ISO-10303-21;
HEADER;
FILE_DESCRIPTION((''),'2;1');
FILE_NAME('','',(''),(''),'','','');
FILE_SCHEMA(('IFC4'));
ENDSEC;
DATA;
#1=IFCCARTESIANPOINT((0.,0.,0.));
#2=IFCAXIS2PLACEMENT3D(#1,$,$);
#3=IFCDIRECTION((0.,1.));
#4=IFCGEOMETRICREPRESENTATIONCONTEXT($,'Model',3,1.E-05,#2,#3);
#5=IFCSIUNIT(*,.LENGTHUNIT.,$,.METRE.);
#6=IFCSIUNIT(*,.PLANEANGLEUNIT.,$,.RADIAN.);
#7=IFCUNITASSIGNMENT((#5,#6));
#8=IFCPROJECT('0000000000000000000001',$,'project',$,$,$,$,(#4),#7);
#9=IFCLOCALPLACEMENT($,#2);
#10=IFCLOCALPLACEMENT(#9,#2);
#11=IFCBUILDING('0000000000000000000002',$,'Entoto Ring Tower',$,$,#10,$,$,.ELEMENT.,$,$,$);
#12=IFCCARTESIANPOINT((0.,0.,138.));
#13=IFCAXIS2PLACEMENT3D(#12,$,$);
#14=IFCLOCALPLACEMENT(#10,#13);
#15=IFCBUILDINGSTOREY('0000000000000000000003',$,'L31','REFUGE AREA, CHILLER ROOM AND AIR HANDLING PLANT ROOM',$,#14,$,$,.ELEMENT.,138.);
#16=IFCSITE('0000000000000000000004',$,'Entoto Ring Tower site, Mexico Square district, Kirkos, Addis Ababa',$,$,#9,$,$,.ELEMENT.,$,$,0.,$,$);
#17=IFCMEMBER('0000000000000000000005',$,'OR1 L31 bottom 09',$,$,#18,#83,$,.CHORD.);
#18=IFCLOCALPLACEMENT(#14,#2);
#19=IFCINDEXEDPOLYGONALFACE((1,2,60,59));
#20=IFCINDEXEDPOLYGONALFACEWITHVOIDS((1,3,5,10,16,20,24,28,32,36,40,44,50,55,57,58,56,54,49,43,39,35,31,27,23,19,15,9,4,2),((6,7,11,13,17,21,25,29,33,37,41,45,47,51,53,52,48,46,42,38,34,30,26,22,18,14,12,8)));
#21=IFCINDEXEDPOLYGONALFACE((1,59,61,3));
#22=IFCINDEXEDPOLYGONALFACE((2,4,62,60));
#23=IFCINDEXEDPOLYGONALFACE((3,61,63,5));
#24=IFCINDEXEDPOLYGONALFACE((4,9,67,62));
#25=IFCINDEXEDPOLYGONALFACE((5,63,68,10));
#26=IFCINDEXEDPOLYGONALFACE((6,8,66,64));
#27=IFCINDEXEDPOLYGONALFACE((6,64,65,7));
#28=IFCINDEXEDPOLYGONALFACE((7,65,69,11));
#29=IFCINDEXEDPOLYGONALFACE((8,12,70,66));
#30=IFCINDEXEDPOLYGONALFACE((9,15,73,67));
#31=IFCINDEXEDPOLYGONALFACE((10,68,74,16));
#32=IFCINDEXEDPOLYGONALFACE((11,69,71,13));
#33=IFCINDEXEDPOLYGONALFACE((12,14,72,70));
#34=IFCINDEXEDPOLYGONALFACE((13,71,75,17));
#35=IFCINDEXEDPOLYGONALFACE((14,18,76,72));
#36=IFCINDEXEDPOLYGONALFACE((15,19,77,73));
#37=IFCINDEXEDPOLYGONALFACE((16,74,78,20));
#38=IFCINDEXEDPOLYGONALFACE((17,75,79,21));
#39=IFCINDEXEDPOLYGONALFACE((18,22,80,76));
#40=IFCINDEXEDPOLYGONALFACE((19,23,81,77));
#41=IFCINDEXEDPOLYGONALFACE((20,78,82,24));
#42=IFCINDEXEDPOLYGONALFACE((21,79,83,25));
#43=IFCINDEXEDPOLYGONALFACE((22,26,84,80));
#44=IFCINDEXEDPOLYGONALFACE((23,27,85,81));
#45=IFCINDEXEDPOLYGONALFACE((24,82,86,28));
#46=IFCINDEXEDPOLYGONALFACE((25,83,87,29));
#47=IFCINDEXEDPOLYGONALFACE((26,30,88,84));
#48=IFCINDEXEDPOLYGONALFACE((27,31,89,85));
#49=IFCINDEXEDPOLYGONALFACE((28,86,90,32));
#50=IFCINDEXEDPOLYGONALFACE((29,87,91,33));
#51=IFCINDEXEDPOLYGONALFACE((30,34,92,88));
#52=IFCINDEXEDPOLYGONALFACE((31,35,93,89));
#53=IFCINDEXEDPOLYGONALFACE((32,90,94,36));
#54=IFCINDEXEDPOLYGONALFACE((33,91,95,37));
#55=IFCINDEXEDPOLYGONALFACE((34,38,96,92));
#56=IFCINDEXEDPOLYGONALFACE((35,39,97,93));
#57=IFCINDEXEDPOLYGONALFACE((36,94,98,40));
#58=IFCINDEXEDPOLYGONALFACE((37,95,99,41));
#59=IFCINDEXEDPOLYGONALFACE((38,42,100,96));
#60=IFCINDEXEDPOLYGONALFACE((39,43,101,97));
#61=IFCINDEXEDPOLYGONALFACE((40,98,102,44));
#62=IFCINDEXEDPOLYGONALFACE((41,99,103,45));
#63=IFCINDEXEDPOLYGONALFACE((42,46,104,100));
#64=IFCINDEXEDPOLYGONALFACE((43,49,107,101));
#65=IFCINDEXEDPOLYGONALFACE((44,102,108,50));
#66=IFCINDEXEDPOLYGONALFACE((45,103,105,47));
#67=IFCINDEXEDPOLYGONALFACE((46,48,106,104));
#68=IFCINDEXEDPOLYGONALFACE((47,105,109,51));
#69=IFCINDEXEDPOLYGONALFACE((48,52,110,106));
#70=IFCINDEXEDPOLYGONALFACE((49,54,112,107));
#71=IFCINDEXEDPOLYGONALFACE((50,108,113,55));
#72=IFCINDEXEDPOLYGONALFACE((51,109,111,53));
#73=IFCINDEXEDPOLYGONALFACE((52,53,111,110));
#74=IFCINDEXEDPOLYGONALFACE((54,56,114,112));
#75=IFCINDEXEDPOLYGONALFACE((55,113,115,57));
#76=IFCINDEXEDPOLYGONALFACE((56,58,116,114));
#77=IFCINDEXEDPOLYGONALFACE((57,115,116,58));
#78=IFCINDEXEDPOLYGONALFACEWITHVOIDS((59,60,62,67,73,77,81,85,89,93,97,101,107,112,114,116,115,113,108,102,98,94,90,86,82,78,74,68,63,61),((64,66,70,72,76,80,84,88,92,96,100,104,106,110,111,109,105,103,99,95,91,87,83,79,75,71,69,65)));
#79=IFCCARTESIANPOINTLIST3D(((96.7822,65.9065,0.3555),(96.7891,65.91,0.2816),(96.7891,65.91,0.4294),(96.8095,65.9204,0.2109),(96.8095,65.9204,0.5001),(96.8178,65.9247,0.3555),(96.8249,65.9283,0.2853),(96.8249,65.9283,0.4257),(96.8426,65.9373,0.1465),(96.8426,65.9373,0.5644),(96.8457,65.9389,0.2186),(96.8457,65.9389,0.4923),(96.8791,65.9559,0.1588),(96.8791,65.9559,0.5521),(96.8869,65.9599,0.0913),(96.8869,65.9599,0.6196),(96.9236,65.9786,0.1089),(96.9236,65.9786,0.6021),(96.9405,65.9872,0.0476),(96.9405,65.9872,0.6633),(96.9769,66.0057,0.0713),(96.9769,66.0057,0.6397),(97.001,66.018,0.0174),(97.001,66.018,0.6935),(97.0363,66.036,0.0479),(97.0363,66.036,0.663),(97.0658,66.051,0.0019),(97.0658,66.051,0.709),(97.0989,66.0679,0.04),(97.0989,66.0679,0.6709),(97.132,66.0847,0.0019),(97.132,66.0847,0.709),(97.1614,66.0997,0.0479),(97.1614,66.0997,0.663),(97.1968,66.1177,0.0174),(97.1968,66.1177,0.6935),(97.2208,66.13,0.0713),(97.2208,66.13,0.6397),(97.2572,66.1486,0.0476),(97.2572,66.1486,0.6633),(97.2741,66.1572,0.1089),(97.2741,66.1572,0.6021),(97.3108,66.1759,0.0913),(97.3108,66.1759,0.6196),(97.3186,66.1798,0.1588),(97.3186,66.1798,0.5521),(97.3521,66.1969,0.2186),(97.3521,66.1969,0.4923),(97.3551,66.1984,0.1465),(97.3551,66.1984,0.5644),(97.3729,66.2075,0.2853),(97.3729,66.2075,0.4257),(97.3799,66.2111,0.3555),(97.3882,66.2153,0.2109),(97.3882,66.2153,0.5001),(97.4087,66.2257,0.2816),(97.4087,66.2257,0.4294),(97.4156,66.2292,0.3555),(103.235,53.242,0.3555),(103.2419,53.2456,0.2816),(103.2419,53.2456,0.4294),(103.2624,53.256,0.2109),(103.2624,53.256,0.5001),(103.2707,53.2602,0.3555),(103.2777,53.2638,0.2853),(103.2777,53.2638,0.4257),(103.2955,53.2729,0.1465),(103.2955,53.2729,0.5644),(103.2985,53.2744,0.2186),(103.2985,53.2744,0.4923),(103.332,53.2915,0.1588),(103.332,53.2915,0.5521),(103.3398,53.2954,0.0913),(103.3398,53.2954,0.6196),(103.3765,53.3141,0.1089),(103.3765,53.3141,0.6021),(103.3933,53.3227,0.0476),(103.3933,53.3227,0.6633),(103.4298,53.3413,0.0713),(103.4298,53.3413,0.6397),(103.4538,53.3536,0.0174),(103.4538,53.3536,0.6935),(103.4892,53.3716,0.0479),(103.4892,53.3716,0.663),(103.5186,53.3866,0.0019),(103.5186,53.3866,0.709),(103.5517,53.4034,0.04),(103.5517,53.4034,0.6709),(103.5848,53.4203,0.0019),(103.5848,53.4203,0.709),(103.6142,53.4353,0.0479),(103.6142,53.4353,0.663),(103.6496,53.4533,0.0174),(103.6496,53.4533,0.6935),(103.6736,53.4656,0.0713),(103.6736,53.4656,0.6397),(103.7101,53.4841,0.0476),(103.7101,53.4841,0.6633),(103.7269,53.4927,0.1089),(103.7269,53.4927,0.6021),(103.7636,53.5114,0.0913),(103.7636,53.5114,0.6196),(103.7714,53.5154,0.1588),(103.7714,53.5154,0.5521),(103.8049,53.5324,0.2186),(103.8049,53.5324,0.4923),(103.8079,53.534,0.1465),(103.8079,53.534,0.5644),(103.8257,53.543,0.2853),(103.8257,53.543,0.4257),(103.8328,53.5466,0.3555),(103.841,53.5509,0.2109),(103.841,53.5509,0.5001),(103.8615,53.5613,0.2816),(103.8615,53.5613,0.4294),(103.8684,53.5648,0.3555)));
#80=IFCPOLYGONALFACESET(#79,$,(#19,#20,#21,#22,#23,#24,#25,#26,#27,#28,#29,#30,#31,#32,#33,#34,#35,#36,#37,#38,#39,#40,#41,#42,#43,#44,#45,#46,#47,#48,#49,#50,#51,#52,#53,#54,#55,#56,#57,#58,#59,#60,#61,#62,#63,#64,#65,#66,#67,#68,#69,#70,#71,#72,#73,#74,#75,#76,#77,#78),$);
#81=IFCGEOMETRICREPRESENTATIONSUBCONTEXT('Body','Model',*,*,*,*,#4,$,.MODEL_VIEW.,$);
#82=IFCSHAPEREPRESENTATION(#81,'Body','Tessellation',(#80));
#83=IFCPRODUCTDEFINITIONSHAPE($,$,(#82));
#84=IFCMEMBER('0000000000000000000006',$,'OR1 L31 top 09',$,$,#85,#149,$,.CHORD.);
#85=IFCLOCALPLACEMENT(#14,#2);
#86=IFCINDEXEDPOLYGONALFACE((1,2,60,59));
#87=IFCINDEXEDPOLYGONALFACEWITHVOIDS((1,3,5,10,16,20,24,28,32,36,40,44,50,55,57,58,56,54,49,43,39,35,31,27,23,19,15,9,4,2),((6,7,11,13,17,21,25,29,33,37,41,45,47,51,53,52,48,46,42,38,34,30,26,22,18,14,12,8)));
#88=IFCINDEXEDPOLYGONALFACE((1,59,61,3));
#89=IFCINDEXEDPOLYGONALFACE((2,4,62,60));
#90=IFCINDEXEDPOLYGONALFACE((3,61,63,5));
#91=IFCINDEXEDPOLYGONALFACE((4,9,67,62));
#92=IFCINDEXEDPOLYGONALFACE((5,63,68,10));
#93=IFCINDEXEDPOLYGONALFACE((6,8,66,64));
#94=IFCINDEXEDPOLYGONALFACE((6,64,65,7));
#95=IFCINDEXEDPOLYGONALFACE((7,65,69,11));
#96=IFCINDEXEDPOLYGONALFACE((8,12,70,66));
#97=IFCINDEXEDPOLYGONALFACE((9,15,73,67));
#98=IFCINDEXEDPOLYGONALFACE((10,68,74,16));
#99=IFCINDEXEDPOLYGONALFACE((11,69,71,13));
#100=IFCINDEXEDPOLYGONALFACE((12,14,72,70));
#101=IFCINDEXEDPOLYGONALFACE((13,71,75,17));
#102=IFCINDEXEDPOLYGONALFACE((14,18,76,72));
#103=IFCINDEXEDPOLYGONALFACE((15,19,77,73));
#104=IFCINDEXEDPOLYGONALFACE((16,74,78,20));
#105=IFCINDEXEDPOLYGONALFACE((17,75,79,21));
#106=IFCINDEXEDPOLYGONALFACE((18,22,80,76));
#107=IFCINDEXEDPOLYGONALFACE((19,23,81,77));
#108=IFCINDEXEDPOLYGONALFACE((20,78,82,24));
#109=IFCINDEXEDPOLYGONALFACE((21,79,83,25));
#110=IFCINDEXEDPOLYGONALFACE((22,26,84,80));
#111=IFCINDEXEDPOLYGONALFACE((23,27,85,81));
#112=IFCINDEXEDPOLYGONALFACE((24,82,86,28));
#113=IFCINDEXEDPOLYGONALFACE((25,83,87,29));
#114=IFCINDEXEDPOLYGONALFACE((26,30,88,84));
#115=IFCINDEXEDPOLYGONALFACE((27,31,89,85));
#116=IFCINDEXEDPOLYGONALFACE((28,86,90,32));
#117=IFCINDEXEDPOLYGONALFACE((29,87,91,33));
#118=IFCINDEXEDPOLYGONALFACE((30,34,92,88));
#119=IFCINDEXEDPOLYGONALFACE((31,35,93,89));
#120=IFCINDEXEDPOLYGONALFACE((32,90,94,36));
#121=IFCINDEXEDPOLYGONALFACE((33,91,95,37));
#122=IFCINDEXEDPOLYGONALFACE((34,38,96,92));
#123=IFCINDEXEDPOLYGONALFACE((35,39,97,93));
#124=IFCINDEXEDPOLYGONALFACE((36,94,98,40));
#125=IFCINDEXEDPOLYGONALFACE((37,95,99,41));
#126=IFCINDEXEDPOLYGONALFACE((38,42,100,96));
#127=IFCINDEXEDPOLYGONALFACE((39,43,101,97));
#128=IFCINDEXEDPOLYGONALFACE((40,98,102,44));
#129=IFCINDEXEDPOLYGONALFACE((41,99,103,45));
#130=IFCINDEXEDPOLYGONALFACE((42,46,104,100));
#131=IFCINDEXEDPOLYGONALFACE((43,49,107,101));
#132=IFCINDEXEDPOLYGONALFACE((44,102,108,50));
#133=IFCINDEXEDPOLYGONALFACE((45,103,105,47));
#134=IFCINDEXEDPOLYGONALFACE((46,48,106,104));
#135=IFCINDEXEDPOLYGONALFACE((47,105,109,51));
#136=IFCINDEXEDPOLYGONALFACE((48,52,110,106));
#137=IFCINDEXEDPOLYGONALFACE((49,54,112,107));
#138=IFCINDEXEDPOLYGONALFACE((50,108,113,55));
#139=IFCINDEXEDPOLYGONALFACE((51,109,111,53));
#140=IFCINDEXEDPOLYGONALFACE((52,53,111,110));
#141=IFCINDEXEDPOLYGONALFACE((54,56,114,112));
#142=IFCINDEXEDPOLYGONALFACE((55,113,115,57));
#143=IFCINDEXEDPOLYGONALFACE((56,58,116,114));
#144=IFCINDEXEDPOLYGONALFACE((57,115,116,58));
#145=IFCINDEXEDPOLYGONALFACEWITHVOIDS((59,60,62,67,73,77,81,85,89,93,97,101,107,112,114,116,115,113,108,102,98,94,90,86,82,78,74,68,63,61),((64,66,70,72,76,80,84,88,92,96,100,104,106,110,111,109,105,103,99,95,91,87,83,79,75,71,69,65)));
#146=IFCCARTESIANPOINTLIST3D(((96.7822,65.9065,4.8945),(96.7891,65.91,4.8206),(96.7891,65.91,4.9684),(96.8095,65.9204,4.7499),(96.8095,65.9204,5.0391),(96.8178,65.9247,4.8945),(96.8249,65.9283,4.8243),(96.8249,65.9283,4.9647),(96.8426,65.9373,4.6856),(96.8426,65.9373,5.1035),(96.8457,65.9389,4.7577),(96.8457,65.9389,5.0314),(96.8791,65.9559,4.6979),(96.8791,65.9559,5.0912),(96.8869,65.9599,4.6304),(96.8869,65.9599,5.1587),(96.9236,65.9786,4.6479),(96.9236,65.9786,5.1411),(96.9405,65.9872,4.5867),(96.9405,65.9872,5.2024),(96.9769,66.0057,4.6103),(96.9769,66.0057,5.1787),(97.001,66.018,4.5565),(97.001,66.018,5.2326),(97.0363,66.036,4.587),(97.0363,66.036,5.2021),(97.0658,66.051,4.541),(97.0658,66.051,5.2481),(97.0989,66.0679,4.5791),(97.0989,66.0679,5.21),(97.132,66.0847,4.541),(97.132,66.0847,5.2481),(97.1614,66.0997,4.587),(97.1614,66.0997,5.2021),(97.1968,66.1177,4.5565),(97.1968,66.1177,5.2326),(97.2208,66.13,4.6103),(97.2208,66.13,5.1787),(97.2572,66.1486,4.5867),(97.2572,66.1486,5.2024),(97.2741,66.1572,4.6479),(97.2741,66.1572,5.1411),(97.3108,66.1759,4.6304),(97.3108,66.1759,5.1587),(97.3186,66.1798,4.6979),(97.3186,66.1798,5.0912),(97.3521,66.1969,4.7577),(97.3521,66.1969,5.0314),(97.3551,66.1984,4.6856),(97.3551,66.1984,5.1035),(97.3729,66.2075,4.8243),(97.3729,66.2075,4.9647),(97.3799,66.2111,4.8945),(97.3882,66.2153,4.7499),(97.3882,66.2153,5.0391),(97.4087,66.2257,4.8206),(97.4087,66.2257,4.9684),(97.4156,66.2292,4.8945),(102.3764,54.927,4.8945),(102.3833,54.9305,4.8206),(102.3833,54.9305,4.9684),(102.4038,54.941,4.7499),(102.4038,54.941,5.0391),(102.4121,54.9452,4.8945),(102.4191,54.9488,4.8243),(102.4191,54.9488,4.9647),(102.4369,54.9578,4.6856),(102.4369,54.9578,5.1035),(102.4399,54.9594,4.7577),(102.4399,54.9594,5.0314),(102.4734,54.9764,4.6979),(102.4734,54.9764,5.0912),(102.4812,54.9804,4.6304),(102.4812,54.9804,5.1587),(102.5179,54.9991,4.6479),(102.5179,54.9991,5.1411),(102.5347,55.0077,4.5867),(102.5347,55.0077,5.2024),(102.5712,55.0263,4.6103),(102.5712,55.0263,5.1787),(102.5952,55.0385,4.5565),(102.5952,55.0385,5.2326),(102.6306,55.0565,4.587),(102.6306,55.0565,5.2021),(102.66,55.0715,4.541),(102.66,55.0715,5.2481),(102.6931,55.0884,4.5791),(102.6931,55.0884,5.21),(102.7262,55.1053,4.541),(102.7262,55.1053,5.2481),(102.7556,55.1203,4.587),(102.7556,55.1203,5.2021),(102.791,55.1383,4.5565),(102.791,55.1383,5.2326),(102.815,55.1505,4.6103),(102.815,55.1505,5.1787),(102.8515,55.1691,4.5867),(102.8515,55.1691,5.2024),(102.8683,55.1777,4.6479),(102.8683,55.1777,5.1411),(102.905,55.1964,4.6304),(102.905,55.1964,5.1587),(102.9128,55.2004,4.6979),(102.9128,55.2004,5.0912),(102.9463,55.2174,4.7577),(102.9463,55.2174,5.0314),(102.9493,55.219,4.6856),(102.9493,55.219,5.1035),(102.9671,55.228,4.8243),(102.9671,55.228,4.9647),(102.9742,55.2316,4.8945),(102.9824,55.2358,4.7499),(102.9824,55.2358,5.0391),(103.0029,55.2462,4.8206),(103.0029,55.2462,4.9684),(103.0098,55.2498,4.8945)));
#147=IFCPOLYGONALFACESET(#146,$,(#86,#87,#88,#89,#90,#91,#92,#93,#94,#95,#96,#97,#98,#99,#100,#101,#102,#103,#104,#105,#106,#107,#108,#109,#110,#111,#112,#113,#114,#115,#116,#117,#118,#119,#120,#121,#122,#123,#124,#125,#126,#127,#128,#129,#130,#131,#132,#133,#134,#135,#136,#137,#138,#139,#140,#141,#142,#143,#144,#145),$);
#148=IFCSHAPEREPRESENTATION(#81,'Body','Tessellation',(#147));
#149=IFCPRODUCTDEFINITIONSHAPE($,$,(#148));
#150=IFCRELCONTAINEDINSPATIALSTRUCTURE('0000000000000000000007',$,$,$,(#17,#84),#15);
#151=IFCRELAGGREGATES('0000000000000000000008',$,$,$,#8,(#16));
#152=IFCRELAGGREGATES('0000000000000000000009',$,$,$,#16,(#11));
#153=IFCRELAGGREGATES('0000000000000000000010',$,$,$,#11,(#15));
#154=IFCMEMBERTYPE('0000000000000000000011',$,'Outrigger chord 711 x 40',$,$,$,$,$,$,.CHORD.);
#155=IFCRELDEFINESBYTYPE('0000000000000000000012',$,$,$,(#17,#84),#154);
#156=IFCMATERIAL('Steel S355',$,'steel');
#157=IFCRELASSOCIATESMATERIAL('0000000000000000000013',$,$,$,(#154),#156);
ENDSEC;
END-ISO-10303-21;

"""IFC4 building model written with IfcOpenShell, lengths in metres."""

from ifc_helpers import new_model, si_unit, direction, frame, origin, origin_2d, place, context, subcontext, project, spatial, circle, hollow_circle, extrude, material, material_profile, profile_set, type_object, element, save


model = new_model("IFC4")

# Units and contexts
model_context = context("Model", 3, precision=1e-05, world=origin(), true_north=direction((0.0, 1.0)))
body_context = subcontext(model_context, "Body", "Model", "MODEL_VIEW")
ifc_project = project(units=[si_unit("LENGTHUNIT", "METRE"), si_unit("PLANEANGLEUNIT", "RADIAN")], contexts=[model_context])

# Site, building, storey
site_placement = place(None, origin())
site = spatial("IfcSite", under=ifc_project, at=site_placement, Name="Entoto Ring Tower site, Mexico Square district, Kirkos, Addis Ababa", CompositionType="ELEMENT", RefElevation=0.0)
building_placement = place(site_placement, origin())
building = spatial("IfcBuilding", under=site, at=building_placement, Name="Entoto Ring Tower", CompositionType="ELEMENT")
storey_placement = place(building_placement, frame((0.0, 0.0, 138.0)))
storey = spatial("IfcBuildingStorey", under=building, at=storey_placement, Name="L31", Description="REFUGE AREA, CHILLER ROOM AND AIR HANDLING PLANT ROOM", CompositionType="ELEMENT", Elevation=138.0)

# Members
ifc_material_1 = material(Name="Steel S355", Category="steel")
ifc_material_profile_1 = material_profile(ifc_material_1, hollow_circle(Radius=0.3555, WallThickness=0.04, at=origin_2d()), Name="CHS 711 x 40")
ifc_material_2 = material(Name="Concrete C60/75", Category="concrete")
ifc_material_profile_2 = material_profile(ifc_material_2, circle(Radius=0.3154, at=origin_2d()), Name="Concrete C60/75 infill")
ifc_profile_set_1 = profile_set([ifc_material_profile_1, ifc_material_profile_2], Name="Steel S355")
member_type_1 = type_object("IfcMemberType", Name="Outrigger chord 711 x 40", PredefinedType="CHORD", material=ifc_profile_set_1)
member_1_placement = place(storey_placement, frame((97.0989, 66.0679, 0.3555), z_axis=(0.453989, -0.891007, 0.0), x_axis=(0.891007, 0.453989, 0.0)))
element("IfcMember", 1, at=member_1_placement, inside=storey, type_object=member_type_1, Name="OR1 L31 bottom 09", PredefinedType="CHORD", context=body_context, shape_type="SweptSolid", body=[
    extrude(hollow_circle(Radius=0.3555, WallThickness=0.04, at=origin_2d()), origin(), (0.0, 0.0, 1.0), 14.2136),
])
member_2_placement = place(storey_placement, frame((97.0989, 66.0679, 4.8945), z_axis=(0.453985, -0.89101, 0.0), x_axis=(0.89101, 0.453985, 0.0)))
element("IfcMember", 2, at=member_2_placement, inside=storey, type_object=member_type_1, Name="OR1 L31 top 09", PredefinedType="CHORD", context=body_context, shape_type="SweptSolid", body=[
    extrude(hollow_circle(Radius=0.3555, WallThickness=0.04, at=origin_2d()), origin(), (0.0, 0.0, 1.0), 12.3225),
])

save(model, "model.ifc")
